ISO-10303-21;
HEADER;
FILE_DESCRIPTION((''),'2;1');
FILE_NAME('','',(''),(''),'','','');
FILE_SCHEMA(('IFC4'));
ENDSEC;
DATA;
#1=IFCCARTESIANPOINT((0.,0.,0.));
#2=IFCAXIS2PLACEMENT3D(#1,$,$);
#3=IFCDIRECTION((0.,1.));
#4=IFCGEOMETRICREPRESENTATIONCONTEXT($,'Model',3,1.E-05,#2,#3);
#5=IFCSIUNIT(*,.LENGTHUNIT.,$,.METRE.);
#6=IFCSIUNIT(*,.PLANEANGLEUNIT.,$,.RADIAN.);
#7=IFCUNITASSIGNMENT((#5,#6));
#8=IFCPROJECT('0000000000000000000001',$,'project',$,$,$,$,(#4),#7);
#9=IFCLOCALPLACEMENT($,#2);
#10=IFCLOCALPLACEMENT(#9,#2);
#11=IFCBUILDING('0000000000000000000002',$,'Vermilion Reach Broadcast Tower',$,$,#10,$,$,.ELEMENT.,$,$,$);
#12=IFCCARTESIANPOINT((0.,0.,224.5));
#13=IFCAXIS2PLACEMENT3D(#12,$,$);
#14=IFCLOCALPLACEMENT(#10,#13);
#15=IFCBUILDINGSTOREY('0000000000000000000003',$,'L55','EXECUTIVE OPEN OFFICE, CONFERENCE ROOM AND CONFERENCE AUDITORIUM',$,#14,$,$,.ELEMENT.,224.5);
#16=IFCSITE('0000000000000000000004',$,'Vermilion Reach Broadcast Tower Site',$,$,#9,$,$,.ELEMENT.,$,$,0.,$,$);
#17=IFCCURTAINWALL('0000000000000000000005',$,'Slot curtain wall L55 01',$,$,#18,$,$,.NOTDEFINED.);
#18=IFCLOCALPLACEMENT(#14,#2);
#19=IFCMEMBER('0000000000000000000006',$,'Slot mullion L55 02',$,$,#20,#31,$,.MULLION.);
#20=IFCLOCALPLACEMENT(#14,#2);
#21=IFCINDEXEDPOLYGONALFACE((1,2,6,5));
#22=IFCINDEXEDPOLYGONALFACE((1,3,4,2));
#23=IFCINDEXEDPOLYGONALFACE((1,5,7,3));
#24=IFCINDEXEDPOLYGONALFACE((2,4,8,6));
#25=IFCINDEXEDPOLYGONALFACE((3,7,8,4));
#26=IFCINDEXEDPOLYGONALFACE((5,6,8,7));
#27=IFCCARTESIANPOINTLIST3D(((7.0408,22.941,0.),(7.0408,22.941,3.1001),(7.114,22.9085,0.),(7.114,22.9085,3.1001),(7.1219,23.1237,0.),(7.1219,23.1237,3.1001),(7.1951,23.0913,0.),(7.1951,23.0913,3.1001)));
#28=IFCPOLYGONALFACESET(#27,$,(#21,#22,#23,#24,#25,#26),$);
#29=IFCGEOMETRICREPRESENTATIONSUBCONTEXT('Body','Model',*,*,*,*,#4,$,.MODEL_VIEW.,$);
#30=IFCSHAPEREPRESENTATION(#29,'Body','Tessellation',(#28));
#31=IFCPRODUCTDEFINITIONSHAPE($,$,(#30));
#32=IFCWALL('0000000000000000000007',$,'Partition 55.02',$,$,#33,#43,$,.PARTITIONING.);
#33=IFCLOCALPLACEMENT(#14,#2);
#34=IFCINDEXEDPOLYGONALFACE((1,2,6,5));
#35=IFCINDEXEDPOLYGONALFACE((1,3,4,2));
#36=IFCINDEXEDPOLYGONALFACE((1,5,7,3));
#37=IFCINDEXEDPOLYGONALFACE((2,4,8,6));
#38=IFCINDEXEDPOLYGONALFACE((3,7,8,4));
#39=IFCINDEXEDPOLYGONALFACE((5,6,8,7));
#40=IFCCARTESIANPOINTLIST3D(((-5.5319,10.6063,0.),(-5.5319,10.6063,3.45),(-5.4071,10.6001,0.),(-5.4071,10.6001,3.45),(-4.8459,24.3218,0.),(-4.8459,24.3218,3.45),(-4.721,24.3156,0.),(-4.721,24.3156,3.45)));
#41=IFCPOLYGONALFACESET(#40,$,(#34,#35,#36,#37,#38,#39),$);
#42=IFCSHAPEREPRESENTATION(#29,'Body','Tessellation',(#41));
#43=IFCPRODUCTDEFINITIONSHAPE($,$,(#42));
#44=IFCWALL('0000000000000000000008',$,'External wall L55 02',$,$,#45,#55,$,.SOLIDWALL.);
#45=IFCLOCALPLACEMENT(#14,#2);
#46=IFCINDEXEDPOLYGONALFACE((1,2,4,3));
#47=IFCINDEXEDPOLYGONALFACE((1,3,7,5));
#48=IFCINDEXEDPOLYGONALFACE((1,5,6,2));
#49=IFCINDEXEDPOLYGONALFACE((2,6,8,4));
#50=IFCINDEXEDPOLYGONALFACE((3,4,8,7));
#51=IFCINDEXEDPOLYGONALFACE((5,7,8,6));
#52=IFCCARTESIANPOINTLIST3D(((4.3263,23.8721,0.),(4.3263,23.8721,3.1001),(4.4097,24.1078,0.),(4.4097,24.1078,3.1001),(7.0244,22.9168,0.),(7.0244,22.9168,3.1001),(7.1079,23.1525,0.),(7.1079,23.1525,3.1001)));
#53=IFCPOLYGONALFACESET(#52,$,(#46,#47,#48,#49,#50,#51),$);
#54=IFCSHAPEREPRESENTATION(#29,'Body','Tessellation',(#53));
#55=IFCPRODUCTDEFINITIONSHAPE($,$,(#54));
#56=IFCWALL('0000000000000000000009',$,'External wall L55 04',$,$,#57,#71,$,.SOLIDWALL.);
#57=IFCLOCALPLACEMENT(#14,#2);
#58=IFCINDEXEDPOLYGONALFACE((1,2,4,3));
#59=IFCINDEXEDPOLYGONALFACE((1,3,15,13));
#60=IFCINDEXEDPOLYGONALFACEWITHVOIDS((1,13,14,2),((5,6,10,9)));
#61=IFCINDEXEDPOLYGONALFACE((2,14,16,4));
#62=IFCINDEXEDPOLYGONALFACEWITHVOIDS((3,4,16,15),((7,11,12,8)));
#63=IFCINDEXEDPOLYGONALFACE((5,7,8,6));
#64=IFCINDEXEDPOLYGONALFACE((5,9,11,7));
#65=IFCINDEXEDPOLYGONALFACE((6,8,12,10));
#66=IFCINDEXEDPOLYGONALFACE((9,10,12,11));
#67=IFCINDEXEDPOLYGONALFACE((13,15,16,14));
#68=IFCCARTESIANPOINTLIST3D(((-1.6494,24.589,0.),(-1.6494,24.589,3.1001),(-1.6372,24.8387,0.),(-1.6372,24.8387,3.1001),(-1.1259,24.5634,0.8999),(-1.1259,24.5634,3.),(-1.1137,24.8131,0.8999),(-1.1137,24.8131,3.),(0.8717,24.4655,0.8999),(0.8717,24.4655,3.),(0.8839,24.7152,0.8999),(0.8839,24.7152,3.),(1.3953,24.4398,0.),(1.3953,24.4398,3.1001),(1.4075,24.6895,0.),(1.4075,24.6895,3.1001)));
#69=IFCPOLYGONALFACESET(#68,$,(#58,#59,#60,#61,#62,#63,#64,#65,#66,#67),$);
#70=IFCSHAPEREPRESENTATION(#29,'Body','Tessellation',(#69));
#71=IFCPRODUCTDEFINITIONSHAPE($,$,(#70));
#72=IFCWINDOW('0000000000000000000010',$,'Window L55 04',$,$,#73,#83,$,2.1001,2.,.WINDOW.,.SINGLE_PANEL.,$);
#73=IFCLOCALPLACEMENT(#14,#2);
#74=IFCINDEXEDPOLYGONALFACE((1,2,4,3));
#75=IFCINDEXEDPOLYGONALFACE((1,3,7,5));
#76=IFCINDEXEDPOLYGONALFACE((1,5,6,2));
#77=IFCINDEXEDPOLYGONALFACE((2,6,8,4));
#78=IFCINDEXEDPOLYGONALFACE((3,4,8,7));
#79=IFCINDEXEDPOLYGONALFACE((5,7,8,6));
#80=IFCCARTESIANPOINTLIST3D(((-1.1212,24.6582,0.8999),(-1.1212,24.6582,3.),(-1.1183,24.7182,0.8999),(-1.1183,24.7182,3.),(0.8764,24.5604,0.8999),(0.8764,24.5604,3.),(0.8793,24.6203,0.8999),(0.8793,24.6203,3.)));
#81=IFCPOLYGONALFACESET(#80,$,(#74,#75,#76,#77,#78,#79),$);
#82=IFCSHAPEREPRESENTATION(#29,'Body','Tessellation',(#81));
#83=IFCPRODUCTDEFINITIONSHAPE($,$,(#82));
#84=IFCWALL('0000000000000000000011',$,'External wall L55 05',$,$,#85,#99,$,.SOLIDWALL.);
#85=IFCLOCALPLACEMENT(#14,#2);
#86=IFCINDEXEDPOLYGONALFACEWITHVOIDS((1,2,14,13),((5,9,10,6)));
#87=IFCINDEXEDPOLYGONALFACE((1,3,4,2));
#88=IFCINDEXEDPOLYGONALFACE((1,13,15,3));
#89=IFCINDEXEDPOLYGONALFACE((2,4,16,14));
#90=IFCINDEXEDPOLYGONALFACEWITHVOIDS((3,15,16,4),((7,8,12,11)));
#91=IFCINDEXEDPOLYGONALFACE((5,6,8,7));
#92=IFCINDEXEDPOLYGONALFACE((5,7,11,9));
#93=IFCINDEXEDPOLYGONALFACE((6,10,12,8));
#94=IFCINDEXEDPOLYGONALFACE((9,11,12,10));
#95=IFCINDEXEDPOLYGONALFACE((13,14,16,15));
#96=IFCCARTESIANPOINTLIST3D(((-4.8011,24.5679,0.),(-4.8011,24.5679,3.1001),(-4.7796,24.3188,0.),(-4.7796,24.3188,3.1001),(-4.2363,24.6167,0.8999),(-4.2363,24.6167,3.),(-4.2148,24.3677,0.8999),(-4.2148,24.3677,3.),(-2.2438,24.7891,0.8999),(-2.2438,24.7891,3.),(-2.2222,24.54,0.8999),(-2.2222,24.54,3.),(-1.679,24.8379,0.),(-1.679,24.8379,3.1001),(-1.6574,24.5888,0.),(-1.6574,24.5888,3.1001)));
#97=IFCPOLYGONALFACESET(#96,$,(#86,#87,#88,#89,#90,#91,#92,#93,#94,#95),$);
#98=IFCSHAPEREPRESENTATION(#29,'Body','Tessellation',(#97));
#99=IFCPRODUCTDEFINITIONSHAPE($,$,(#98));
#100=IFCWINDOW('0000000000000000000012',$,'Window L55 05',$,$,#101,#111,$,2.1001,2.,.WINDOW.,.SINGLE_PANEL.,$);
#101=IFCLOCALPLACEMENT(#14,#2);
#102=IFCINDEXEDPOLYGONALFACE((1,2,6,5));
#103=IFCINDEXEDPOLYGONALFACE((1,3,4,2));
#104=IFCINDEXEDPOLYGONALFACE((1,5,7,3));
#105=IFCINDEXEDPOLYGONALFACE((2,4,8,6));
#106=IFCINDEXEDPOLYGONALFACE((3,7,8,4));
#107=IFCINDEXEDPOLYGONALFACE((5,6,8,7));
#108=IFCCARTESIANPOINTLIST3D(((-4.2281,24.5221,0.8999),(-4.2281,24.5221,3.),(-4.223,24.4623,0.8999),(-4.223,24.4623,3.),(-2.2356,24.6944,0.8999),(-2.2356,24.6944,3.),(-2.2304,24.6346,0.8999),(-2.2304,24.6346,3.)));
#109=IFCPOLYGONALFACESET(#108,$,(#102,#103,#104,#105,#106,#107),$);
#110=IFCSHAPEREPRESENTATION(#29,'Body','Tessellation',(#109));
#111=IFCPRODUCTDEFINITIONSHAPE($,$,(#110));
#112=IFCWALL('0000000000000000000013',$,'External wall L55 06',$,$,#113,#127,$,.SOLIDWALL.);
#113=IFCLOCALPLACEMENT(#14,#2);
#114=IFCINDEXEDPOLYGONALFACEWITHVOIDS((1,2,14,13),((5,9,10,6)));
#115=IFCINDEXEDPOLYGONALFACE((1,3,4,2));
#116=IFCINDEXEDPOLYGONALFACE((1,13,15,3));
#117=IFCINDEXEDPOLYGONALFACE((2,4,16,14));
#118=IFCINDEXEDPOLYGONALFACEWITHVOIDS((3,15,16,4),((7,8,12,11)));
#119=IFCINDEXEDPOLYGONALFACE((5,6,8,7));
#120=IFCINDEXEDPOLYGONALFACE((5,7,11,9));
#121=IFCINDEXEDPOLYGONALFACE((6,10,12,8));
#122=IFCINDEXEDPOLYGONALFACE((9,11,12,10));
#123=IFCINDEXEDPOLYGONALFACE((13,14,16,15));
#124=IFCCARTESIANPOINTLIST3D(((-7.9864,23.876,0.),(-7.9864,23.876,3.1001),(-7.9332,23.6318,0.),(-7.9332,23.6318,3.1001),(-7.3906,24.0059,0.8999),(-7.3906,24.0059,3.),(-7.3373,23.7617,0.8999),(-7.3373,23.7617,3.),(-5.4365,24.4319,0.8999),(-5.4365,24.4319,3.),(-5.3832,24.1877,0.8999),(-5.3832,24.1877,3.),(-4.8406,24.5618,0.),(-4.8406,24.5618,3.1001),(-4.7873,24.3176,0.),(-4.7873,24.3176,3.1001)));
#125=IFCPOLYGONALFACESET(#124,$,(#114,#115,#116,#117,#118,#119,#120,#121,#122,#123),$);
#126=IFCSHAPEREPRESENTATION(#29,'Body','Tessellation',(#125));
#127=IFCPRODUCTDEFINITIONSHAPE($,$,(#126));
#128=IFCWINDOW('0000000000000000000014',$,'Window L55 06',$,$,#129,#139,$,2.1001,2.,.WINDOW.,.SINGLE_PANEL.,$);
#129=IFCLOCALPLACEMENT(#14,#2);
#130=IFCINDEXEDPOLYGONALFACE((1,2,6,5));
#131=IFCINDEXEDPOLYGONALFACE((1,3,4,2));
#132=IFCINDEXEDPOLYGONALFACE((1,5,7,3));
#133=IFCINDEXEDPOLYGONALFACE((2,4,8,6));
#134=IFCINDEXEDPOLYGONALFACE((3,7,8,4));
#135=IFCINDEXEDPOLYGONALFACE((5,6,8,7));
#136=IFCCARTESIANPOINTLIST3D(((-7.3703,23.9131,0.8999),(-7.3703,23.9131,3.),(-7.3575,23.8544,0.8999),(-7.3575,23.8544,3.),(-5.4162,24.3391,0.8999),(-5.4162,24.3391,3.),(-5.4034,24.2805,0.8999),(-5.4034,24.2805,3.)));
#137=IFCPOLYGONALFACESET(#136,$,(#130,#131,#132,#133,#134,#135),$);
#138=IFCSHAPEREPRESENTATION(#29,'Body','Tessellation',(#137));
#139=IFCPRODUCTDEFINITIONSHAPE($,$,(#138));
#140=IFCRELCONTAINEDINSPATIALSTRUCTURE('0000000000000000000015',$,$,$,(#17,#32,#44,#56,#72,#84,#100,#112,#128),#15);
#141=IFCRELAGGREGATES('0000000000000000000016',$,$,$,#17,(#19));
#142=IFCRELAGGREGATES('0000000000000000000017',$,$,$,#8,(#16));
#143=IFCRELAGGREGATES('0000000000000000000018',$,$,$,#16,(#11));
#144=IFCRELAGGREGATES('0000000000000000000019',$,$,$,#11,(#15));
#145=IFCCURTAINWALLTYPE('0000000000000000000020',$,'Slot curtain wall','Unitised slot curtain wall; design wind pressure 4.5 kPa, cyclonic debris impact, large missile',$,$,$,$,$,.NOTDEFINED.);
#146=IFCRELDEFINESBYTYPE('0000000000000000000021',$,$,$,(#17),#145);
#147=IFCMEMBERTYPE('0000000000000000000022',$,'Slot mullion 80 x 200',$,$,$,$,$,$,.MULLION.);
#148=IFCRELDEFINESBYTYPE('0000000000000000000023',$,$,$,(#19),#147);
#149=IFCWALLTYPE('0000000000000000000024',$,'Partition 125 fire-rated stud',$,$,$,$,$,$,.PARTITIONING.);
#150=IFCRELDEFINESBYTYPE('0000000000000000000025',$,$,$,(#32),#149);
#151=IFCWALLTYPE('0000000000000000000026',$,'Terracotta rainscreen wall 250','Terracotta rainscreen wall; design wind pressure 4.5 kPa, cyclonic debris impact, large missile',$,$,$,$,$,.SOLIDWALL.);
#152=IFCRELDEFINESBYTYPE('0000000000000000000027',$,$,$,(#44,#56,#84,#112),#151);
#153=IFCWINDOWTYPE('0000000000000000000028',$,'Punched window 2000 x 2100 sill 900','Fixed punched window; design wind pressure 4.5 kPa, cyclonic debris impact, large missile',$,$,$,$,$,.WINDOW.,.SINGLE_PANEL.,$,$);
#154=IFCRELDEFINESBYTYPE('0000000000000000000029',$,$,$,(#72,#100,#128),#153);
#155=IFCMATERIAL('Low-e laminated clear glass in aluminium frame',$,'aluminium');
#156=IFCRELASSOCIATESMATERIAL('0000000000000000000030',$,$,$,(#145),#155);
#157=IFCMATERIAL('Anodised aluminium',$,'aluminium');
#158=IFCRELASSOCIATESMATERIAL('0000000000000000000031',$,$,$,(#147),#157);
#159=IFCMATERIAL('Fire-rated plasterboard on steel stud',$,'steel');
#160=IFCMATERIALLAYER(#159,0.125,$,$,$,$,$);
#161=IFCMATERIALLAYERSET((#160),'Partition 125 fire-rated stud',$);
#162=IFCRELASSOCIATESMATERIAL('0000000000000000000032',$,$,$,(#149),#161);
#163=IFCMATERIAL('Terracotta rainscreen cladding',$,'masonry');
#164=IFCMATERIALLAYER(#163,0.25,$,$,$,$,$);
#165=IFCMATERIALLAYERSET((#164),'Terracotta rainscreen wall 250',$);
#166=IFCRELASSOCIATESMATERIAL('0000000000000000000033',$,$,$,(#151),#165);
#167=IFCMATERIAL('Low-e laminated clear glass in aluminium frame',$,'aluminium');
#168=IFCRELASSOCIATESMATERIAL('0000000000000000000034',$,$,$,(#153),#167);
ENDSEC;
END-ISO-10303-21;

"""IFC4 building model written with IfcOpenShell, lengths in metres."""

from ifc_helpers import new_model, si_unit, direction, frame, frame_2d, origin, origin_2d, place, context, subcontext, project, spatial, rectangle, extrude, material, layer, layer_set, material_profile, profile_set, type_object, element, fill, aggregate, save


model = new_model("IFC4")

# Units and contexts
model_context = context("Model", 3, precision=1e-05, world=origin(), true_north=direction((0.0, 1.0)))
body_context = subcontext(model_context, "Body", "Model", "MODEL_VIEW")
ifc_project = project(units=[si_unit("LENGTHUNIT", "METRE"), si_unit("PLANEANGLEUNIT", "RADIAN")], contexts=[model_context])

# Site, building, storey
site_placement = place(None, origin())
site = spatial("IfcSite", under=ifc_project, at=site_placement, Name="Vermilion Reach Broadcast Tower Site", CompositionType="ELEMENT", RefElevation=0.0)
building_placement = place(site_placement, origin())
building = spatial("IfcBuilding", under=site, at=building_placement, Name="Vermilion Reach Broadcast Tower", CompositionType="ELEMENT")
storey_placement = place(building_placement, frame((0.0, 0.0, 224.5)))
storey = spatial("IfcBuildingStorey", under=building, at=storey_placement, Name="L55", Description="EXECUTIVE OPEN OFFICE, CONFERENCE ROOM AND CONFERENCE AUDITORIUM", CompositionType="ELEMENT", Elevation=224.5)

# Curtain wall, member
ifc_material_1 = material(Name="Low-e laminated clear glass in aluminium frame", Category="aluminium")
curtain_wall_type = type_object("IfcCurtainWallType", Name="Slot curtain wall", Description="Unitised slot curtain wall; design wind pressure 4.5 kPa, cyclonic debris impact, large missile", PredefinedType="NOTDEFINED", material=ifc_material_1)
curtain_wall_placement = place(storey_placement, origin())
curtain_wall = element("IfcCurtainWall", 1, at=curtain_wall_placement, inside=storey, type_object=curtain_wall_type, Name="Slot curtain wall L55 01", PredefinedType="NOTDEFINED")
ifc_material_2 = material(Name="Anodised aluminium", Category="aluminium")
ifc_material_profile_1 = material_profile(ifc_material_2, rectangle(XDim=0.2, YDim=0.0801, at=origin_2d()), Name="Slot mullion 80 x 200")
ifc_profile_set_1 = profile_set([ifc_material_profile_1], Name="Anodised aluminium")
member_type = type_object("IfcMemberType", Name="Slot mullion 80 x 200", PredefinedType="MULLION", material=ifc_profile_set_1)
member_placement = place(storey_placement, frame((7.1179, 23.0161, 0.0), z_axis=(0.0, 0.0, 1.0), x_axis=(-0.405565, -0.914066, 0.0)))
member = element("IfcMember", 2, at=member_placement, type_object=member_type, Name="Slot mullion L55 02", PredefinedType="MULLION", context=body_context, shape_type="SweptSolid", body=[
    extrude(rectangle(XDim=0.2, YDim=0.0801, at=origin_2d()), origin(), (0.0, 0.0, 1.0), 3.1001),
])
aggregate(curtain_wall, [member])

# Walls
ifc_material_3 = material(Name="Fire-rated plasterboard on steel stud", Category="steel")
ifc_layer_1 = layer(ifc_material_3, 0.125)
ifc_layer_set_1 = layer_set([ifc_layer_1], Name="Partition 125 fire-rated stud")
wall_type_1 = type_object("IfcWallType", Name="Partition 125 fire-rated stud", PredefinedType="PARTITIONING", material=ifc_layer_set_1)
wall_1_placement = place(storey_placement, frame((-4.7834, 24.3186, 0.0), z_axis=(0.0, 0.0, 1.0), x_axis=(-0.049956, -0.998751, 0.0)))
element("IfcWall", 3, at=wall_1_placement, inside=storey, type_object=wall_type_1, Name="Partition 55.02", PredefinedType="PARTITIONING", context=body_context, shape_type="SweptSolid", body=[
    extrude(rectangle(XDim=13.7327, YDim=0.125, at=frame_2d((6.8662, 0.0))), origin(), (0.0, 0.0, 1.0), 3.45),
])
ifc_material_4 = material(Name="Terracotta rainscreen cladding", Category="masonry")
ifc_layer_2 = layer(ifc_material_4, 0.25)
ifc_layer_set_2 = layer_set([ifc_layer_2], Name="Terracotta rainscreen wall 250")
wall_type_2 = type_object("IfcWallType", Name="Terracotta rainscreen wall 250", Description="Terracotta rainscreen wall; design wind pressure 4.5 kPa, cyclonic debris impact, large missile", PredefinedType="SOLIDWALL", material=ifc_layer_set_2)
wall_2_placement = place(storey_placement, frame((7.0662, 23.0347, 0.0), z_axis=(0.0, 0.0, 1.0), x_axis=(-0.942661, 0.333752, 0.0)))
element("IfcWall", 4, at=wall_2_placement, inside=storey, type_object=wall_type_2, Name="External wall L55 02", PredefinedType="SOLIDWALL", context=body_context, shape_type="SweptSolid", body=[
    extrude(rectangle(XDim=2.8623, YDim=0.25, at=frame_2d((1.4312, 0.0))), origin(), (0.0, 0.0, 1.0), 3.1001),
])

# Walls, openings, windows
wall_3_placement = place(storey_placement, frame((1.4014, 24.5647, 0.0), z_axis=(0.0, 0.0, 1.0), x_axis=(-0.998802, 0.048935, 0.0)))
wall_3 = element("IfcWall", 5, at=wall_3_placement, inside=storey, type_object=wall_type_2, Name="External wall L55 04", PredefinedType="SOLIDWALL", context=body_context, shape_type="SweptSolid", body=[
    extrude(rectangle(XDim=3.0483, YDim=0.25, at=frame_2d((1.5242, 0.0))), origin(), (0.0, 0.0, 1.0), 3.1001),
])
opening_1_placement = place(wall_3_placement, frame((0.5242, 0.0, 0.8999)))
opening_1 = element("IfcOpeningElement", 6, at=opening_1_placement, cuts=wall_3, PredefinedType="OPENING", context=body_context, shape_type="SweptSolid", body=[
    extrude(rectangle(XDim=2.0, YDim=2.1001, at=frame_2d((1.0, 1.05))), frame((0.0, 0.135, 0.0), z_axis=(0.0, -1.0, 0.0), x_axis=(1.0, 0.0, 0.0)), (0.0, 0.0, 1.0), 0.27),
])
ifc_material_5 = material(Name="Low-e laminated clear glass in aluminium frame", Category="aluminium")
window_type = type_object("IfcWindowType", Name="Punched window 2000 x 2100 sill 900", Description="Fixed punched window; design wind pressure 4.5 kPa, cyclonic debris impact, large missile", PartitioningType="SINGLE_PANEL", PredefinedType="WINDOW", material=ifc_material_5)
window_1_placement = place(opening_1_placement, origin())
window_1 = element("IfcWindow", 7, at=window_1_placement, inside=storey, type_object=window_type, Name="Window L55 04", OverallHeight=2.1001, OverallWidth=2.0, PartitioningType="SINGLE_PANEL", PredefinedType="WINDOW", context=body_context, shape_type="SweptSolid", body=[
    extrude(rectangle(XDim=2.0, YDim=2.1001, at=frame_2d((1.0, 1.05))), frame((0.0, 0.03, 0.0), z_axis=(0.0, -1.0, 0.0), x_axis=(1.0, 0.0, 0.0)), (0.0, 0.0, 1.0), 0.0601),
])
fill(opening_1, window_1)
wall_4_placement = place(storey_placement, frame((-1.6682, 24.7134, 0.0), z_axis=(0.0, 0.0, 1.0), x_axis=(-0.996281, -0.086166, 0.0)))
wall_4 = element("IfcWall", 8, at=wall_4_placement, inside=storey, type_object=wall_type_2, Name="External wall L55 05", PredefinedType="SOLIDWALL", context=body_context, shape_type="SweptSolid", body=[
    extrude(rectangle(XDim=3.1338, YDim=0.25, at=frame_2d((1.5669, 0.0))), origin(), (0.0, 0.0, 1.0), 3.1001),
])
opening_2_placement = place(wall_4_placement, frame((0.5669, 0.0, 0.8999)))
opening_2 = element("IfcOpeningElement", 9, at=opening_2_placement, cuts=wall_4, PredefinedType="OPENING", context=body_context, shape_type="SweptSolid", body=[
    extrude(rectangle(XDim=2.0, YDim=2.1001, at=frame_2d((1.0, 1.05))), frame((0.0, 0.135, 0.0), z_axis=(0.0, -1.0, 0.0), x_axis=(1.0, 0.0, 0.0)), (0.0, 0.0, 1.0), 0.27),
])
window_2_placement = place(opening_2_placement, origin())
window_2 = element("IfcWindow", 10, at=window_2_placement, inside=storey, type_object=window_type, Name="Window L55 05", OverallHeight=2.1001, OverallWidth=2.0, PartitioningType="SINGLE_PANEL", PredefinedType="WINDOW", context=body_context, shape_type="SweptSolid", body=[
    extrude(rectangle(XDim=2.0, YDim=2.1001, at=frame_2d((1.0, 1.05))), frame((0.0, 0.03, 0.0), z_axis=(0.0, -1.0, 0.0), x_axis=(1.0, 0.0, 0.0)), (0.0, 0.0, 1.0), 0.0601),
])
fill(opening_2, window_2)
wall_5_placement = place(storey_placement, frame((-4.814, 24.4397, 0.0), z_axis=(0.0, 0.0, 1.0), x_axis=(-0.977052, -0.213003, 0.0)))
wall_5 = element("IfcWall", 11, at=wall_5_placement, inside=storey, type_object=wall_type_2, Name="External wall L55 06", PredefinedType="SOLIDWALL", context=body_context, shape_type="SweptSolid", body=[
    extrude(rectangle(XDim=3.2197, YDim=0.25, at=frame_2d((1.6099, 0.0))), origin(), (0.0, 0.0, 1.0), 3.1001),
])
opening_3_placement = place(wall_5_placement, frame((0.6099, 0.0, 0.8999)))
opening_3 = element("IfcOpeningElement", 12, at=opening_3_placement, cuts=wall_5, PredefinedType="OPENING", context=body_context, shape_type="SweptSolid", body=[
    extrude(rectangle(XDim=2.0, YDim=2.1001, at=frame_2d((1.0, 1.05))), frame((0.0, 0.135, 0.0), z_axis=(0.0, -1.0, 0.0), x_axis=(1.0, 0.0, 0.0)), (0.0, 0.0, 1.0), 0.27),
])
window_3_placement = place(opening_3_placement, origin())
window_3 = element("IfcWindow", 13, at=window_3_placement, inside=storey, type_object=window_type, Name="Window L55 06", OverallHeight=2.1001, OverallWidth=2.0, PartitioningType="SINGLE_PANEL", PredefinedType="WINDOW", context=body_context, shape_type="SweptSolid", body=[
    extrude(rectangle(XDim=2.0, YDim=2.1001, at=frame_2d((1.0, 1.05))), frame((0.0, 0.03, 0.0), z_axis=(0.0, -1.0, 0.0), x_axis=(1.0, 0.0, 0.0)), (0.0, 0.0, 1.0), 0.0601),
])
fill(opening_3, window_3)

save(model, "model.ifc")
